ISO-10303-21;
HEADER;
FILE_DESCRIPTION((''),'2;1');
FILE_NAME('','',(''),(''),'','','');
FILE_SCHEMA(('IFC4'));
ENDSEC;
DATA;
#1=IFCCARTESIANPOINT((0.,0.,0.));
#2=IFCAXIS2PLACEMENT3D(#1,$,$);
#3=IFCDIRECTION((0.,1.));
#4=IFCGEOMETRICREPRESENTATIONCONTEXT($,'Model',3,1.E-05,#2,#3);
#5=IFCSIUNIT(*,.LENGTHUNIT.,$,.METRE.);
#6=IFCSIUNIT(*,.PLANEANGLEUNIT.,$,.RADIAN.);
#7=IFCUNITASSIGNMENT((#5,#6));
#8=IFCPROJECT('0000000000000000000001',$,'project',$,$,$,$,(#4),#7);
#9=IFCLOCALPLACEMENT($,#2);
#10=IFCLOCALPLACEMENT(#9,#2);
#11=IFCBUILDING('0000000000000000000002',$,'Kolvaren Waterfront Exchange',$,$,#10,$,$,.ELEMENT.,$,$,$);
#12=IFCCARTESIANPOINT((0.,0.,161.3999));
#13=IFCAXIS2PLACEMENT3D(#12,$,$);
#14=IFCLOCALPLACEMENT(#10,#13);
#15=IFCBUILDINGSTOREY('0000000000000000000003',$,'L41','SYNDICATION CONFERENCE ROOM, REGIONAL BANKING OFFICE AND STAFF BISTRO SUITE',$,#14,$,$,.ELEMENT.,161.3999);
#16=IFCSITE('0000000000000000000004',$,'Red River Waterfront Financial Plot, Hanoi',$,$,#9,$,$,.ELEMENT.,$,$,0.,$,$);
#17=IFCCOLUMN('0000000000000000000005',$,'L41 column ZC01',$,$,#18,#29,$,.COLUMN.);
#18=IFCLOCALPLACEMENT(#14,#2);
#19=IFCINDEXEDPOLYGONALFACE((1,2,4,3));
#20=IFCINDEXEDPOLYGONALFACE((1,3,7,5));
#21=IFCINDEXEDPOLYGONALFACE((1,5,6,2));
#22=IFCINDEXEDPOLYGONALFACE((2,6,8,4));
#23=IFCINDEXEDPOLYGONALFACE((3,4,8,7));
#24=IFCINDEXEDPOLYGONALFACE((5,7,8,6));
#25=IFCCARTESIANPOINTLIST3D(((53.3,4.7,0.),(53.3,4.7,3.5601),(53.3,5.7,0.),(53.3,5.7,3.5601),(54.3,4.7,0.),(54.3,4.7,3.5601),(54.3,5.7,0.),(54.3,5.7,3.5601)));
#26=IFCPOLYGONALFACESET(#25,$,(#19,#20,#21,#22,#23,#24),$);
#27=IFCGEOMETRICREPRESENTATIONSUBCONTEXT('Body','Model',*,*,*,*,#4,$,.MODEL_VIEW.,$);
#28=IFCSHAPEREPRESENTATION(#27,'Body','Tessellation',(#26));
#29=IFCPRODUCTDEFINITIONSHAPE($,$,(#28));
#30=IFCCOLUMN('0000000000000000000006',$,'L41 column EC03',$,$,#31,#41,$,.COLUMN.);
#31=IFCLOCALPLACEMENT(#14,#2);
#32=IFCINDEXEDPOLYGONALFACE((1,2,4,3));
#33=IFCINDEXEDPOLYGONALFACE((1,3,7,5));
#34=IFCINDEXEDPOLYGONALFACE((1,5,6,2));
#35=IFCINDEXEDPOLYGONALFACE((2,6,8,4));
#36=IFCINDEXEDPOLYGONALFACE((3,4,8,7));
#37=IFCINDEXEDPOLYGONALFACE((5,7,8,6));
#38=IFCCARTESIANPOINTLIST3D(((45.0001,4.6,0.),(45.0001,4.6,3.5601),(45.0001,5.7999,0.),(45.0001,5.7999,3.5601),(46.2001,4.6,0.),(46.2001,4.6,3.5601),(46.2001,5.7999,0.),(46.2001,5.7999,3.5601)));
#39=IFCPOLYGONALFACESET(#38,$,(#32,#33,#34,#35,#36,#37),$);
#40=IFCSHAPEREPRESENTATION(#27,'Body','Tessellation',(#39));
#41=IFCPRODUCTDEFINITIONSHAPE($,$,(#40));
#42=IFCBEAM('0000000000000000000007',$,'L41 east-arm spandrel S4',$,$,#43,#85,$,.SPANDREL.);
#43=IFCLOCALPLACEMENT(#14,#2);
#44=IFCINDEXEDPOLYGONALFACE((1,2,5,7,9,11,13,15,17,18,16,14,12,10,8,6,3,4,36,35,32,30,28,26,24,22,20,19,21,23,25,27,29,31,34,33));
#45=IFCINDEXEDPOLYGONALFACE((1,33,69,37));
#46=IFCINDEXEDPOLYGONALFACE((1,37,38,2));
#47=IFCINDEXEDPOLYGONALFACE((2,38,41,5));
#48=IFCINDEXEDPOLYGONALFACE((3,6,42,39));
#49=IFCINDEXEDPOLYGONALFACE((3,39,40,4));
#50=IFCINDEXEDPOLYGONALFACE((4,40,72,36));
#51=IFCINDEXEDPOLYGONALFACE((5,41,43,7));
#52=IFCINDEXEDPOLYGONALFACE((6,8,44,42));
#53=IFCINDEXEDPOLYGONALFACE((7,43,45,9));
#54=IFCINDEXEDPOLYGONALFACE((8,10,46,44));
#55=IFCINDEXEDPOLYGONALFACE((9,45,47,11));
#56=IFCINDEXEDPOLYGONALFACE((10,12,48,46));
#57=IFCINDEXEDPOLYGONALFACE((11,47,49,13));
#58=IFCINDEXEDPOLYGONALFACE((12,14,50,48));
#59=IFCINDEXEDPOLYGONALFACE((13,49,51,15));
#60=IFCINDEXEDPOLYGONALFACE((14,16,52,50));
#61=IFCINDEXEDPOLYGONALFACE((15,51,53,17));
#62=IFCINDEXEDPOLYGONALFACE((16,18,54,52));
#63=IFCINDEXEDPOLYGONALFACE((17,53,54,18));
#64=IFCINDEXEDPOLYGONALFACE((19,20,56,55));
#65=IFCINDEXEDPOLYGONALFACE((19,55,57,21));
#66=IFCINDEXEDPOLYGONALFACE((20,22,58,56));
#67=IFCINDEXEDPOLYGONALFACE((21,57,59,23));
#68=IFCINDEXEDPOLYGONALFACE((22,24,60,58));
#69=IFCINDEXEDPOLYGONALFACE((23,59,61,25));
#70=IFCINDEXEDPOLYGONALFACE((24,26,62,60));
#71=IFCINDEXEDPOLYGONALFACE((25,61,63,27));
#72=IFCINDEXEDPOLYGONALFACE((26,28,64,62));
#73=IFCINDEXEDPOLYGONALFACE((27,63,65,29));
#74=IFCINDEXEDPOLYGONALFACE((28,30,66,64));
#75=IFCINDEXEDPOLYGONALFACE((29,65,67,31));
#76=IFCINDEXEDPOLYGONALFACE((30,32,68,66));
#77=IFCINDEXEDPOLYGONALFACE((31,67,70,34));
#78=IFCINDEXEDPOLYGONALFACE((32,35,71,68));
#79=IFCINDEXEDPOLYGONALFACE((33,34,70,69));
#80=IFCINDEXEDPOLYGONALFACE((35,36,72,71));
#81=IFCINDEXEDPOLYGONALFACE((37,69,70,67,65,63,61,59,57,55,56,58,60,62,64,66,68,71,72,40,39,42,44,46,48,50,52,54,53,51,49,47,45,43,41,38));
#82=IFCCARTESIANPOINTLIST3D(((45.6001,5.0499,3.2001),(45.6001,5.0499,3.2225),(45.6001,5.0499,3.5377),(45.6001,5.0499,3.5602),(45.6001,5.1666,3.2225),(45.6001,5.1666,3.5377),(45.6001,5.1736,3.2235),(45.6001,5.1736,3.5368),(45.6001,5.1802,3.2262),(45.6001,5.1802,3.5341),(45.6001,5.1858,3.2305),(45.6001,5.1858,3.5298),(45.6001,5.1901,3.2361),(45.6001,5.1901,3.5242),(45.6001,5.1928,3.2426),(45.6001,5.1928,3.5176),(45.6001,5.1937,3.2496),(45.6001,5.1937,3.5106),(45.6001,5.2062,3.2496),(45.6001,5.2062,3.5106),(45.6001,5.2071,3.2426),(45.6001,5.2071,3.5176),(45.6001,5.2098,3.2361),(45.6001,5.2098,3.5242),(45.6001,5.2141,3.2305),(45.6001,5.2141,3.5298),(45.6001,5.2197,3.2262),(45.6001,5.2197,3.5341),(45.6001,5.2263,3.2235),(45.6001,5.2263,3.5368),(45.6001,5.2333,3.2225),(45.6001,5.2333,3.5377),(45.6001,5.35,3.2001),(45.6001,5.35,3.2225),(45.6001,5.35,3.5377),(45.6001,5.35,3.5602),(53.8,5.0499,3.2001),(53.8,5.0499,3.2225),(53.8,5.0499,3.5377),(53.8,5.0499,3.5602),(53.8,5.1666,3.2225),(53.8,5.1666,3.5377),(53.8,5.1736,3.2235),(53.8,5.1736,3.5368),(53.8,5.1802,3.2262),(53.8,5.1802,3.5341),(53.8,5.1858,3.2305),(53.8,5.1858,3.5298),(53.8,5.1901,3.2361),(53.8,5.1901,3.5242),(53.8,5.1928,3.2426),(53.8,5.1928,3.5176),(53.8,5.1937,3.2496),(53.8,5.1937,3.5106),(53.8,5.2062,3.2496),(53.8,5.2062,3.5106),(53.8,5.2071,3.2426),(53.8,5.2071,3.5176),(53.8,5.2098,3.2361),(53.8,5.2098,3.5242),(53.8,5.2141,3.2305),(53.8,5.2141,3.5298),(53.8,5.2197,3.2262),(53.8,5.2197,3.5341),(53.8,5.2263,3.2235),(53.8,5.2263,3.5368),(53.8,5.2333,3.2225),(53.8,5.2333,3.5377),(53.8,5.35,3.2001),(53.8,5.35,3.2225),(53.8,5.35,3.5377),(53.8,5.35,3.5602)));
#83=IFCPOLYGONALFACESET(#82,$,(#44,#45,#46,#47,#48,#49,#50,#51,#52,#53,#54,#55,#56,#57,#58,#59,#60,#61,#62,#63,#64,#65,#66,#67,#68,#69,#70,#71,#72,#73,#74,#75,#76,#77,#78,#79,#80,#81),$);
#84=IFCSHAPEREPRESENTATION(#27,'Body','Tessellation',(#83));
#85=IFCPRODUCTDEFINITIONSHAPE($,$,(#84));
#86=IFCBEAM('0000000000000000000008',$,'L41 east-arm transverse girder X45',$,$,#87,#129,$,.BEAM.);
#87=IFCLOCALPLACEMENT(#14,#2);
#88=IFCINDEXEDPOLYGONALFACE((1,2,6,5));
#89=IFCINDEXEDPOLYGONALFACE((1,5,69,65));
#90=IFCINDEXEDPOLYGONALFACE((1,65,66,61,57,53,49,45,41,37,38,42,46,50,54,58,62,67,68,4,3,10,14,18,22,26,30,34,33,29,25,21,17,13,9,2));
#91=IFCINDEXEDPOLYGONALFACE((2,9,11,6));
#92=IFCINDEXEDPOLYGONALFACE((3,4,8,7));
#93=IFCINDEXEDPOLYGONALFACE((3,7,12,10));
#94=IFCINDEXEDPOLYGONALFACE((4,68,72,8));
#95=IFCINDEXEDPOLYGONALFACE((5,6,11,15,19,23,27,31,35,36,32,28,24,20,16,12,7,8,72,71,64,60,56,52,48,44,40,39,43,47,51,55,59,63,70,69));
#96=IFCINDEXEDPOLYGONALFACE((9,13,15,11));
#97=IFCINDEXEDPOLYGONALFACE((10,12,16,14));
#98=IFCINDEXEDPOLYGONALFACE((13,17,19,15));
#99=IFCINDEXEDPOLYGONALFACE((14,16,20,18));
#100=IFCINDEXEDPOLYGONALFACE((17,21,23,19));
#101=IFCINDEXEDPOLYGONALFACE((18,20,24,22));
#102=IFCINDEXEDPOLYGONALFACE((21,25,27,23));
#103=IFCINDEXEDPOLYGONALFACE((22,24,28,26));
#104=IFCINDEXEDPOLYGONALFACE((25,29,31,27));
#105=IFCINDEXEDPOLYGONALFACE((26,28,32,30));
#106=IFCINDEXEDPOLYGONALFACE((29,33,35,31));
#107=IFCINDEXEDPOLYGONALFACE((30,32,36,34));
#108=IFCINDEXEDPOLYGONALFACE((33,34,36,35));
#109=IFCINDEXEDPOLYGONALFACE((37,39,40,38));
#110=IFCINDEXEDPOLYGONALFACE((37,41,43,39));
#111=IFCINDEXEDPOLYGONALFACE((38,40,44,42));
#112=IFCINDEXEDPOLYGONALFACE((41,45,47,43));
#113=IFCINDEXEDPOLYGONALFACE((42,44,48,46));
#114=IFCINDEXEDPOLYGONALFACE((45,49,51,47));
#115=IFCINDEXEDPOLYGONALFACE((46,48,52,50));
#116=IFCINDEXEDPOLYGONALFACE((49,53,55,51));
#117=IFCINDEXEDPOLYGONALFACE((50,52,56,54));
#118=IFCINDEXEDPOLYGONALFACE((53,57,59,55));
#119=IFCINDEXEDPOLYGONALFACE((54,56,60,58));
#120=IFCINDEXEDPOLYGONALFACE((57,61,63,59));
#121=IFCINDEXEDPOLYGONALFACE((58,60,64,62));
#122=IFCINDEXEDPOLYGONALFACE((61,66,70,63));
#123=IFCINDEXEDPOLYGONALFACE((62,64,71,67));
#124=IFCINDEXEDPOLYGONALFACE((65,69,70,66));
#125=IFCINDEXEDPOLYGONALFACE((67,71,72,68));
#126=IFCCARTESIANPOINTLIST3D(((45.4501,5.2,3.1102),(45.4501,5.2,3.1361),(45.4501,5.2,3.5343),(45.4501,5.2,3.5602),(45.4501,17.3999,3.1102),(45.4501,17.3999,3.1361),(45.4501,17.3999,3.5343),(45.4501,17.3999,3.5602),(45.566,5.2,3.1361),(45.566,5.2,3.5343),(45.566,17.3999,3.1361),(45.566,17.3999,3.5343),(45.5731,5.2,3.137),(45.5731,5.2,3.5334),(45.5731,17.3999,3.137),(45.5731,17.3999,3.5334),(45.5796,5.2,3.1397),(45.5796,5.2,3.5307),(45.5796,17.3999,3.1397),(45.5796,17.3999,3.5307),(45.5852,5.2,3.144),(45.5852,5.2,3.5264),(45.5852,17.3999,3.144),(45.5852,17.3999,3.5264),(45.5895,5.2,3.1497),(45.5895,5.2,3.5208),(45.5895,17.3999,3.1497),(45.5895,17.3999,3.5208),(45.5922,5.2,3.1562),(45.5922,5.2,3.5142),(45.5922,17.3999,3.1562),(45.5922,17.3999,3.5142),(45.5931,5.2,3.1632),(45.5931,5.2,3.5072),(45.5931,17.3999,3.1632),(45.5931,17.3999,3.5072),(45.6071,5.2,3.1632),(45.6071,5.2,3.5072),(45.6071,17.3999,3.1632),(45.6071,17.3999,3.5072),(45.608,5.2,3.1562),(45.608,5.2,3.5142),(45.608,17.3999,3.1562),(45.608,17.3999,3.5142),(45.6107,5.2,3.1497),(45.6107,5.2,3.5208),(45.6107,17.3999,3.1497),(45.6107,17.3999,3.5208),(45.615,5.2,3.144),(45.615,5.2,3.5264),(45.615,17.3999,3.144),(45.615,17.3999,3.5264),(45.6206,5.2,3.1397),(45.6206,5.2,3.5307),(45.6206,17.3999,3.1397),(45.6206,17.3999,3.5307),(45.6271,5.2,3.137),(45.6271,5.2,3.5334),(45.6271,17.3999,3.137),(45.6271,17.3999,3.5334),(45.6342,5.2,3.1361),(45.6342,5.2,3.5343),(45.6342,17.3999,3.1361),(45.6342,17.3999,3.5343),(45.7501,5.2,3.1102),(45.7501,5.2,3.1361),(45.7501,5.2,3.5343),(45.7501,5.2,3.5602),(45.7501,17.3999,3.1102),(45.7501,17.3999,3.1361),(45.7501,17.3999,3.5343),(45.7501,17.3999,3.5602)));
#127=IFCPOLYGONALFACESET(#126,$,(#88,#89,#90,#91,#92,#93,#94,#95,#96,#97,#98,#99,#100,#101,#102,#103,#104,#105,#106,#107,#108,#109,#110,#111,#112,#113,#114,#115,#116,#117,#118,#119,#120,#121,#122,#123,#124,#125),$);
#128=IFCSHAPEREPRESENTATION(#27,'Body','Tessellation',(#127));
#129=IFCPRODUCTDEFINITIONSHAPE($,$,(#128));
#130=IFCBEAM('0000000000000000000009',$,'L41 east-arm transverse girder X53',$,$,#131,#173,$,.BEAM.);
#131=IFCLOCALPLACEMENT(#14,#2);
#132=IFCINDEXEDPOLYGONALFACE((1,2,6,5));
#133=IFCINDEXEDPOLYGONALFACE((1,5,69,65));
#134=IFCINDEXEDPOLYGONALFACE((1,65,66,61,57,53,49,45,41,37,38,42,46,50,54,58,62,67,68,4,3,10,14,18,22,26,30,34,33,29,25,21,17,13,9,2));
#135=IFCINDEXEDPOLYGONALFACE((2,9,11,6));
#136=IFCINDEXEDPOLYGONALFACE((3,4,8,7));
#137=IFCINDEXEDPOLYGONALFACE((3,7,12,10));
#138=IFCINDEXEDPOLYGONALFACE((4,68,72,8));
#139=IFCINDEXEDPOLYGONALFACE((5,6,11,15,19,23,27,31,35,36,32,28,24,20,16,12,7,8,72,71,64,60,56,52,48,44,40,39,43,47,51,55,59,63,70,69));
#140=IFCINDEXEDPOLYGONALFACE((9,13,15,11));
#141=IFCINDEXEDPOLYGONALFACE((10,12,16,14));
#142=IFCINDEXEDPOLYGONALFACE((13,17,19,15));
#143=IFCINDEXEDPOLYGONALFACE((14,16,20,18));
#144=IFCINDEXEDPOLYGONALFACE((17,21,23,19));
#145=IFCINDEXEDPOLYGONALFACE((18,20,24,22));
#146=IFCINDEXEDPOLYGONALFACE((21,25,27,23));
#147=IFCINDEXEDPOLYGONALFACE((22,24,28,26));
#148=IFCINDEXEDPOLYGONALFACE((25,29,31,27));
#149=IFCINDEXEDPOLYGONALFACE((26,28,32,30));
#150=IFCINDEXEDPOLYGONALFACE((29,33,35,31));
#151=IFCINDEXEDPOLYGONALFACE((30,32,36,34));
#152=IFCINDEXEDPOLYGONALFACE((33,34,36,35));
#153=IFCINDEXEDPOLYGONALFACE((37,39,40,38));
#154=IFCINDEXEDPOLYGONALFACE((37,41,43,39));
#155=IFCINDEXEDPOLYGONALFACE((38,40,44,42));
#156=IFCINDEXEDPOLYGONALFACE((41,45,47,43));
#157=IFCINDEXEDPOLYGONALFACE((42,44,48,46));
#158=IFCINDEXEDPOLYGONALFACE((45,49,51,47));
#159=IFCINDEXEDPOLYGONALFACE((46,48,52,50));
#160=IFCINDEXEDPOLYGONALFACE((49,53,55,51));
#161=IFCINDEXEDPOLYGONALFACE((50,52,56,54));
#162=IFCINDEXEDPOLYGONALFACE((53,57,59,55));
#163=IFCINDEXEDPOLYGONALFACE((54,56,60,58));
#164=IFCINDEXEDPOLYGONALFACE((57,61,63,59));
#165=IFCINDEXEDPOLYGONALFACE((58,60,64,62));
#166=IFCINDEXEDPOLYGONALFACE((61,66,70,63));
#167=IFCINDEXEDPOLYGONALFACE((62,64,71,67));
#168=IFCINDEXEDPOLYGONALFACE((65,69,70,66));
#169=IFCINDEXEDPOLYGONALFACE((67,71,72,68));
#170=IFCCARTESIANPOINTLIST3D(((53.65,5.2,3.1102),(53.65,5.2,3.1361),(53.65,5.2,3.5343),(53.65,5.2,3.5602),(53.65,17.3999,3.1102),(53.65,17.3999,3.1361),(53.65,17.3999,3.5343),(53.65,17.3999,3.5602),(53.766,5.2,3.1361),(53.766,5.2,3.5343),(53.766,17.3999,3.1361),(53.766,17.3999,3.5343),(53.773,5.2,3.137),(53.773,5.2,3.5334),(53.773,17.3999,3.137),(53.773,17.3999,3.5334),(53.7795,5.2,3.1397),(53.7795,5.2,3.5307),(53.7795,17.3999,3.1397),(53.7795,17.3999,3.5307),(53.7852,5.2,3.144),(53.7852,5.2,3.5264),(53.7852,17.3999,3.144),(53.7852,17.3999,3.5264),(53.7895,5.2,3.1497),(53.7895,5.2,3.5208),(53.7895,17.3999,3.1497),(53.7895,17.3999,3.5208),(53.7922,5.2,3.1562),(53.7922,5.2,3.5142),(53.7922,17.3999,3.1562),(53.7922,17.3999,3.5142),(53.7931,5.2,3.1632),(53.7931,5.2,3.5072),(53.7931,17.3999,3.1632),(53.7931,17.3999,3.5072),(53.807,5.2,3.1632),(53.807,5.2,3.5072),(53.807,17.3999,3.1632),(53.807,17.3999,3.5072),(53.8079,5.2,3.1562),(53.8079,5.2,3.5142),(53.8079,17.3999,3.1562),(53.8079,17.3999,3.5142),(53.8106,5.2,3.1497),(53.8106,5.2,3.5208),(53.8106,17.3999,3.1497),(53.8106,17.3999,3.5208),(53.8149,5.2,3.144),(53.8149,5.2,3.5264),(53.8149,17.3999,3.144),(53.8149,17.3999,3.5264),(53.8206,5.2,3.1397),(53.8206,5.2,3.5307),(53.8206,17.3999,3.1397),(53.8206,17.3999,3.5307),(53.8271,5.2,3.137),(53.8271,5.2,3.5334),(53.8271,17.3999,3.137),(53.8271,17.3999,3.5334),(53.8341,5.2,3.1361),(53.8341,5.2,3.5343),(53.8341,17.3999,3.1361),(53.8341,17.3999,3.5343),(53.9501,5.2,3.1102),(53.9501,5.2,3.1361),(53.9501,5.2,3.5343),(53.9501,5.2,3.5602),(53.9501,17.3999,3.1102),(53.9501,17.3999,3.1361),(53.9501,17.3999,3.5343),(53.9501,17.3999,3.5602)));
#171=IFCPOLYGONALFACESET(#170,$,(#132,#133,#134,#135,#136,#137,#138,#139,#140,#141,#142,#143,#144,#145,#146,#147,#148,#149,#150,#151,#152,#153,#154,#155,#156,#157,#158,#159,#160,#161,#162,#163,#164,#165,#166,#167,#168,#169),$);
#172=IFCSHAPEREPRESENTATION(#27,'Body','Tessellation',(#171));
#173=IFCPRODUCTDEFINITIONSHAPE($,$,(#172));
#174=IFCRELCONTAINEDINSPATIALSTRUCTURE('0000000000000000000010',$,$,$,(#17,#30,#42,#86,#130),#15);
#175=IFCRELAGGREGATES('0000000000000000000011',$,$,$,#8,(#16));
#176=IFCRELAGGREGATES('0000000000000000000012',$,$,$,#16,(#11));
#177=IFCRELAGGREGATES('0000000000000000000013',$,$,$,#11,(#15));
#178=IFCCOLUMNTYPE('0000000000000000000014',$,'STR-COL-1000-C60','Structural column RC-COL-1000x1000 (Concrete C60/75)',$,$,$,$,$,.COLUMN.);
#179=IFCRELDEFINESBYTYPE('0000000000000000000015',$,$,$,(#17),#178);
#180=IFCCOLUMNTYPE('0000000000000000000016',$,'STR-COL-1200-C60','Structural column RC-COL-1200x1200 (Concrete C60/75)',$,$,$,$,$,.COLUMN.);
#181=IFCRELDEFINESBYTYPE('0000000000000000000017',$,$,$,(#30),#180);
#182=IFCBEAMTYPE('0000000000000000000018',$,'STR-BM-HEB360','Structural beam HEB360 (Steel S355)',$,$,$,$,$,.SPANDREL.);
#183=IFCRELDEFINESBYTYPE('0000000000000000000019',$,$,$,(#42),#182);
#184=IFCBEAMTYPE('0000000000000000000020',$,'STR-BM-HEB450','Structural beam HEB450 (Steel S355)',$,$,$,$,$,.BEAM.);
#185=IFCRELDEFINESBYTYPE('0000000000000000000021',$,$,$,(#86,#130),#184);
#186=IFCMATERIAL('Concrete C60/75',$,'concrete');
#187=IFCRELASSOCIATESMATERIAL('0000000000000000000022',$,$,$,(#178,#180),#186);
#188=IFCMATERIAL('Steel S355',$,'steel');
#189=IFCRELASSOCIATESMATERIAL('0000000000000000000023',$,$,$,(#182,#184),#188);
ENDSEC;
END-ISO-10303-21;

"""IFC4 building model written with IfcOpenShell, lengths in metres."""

from ifc_helpers import new_model, si_unit, direction, frame, origin, origin_2d, place, context, subcontext, project, spatial, rectangle, i_section, extrude, material, material_profile, profile_set, type_object, element, save


model = new_model("IFC4")

# Units and contexts
model_context = context("Model", 3, precision=1e-05, world=origin(), true_north=direction((0.0, 1.0)))
body_context = subcontext(model_context, "Body", "Model", "MODEL_VIEW")
ifc_project = project(units=[si_unit("LENGTHUNIT", "METRE"), si_unit("PLANEANGLEUNIT", "RADIAN")], contexts=[model_context])

# Site, building, storey
site_placement = place(None, origin())
site = spatial("IfcSite", under=ifc_project, at=site_placement, Name="Red River Waterfront Financial Plot, Hanoi", CompositionType="ELEMENT", RefElevation=0.0)
building_placement = place(site_placement, origin())
building = spatial("IfcBuilding", under=site, at=building_placement, Name="Kolvaren Waterfront Exchange", CompositionType="ELEMENT")
storey_placement = place(building_placement, frame((0.0, 0.0, 161.3999)))
storey = spatial("IfcBuildingStorey", under=building, at=storey_placement, Name="L41", Description="SYNDICATION CONFERENCE ROOM, REGIONAL BANKING OFFICE AND STAFF BISTRO SUITE", CompositionType="ELEMENT", Elevation=161.3999)

# Columns
ifc_material_1 = material(Name="Concrete C60/75", Category="concrete")
ifc_material_profile_1 = material_profile(ifc_material_1, rectangle(XDim=1.0, YDim=1.0, at=origin_2d()), Name="RC-COL-1000x1000")
ifc_profile_set_1 = profile_set([ifc_material_profile_1], Name="Concrete C60/75")
column_type_1 = type_object("IfcColumnType", Name="STR-COL-1000-C60", Description="Structural column RC-COL-1000x1000 (Concrete C60/75)", PredefinedType="COLUMN", material=ifc_profile_set_1)
column_1_placement = place(storey_placement, frame((53.8, 5.2, 0.0), z_axis=(0.0, 0.0, 1.0), x_axis=(1.0, 0.0, 0.0)))
element("IfcColumn", 1, at=column_1_placement, inside=storey, type_object=column_type_1, Name="L41 column ZC01", PredefinedType="COLUMN", context=body_context, shape_type="SweptSolid", body=[
    extrude(rectangle(XDim=1.0, YDim=1.0, at=origin_2d()), origin(), (0.0, 0.0, 1.0), 3.5601),
])
ifc_material_profile_2 = material_profile(ifc_material_1, rectangle(XDim=1.2, YDim=1.2, at=origin_2d()), Name="RC-COL-1200x1200")
ifc_profile_set_2 = profile_set([ifc_material_profile_2], Name="Concrete C60/75")
column_type_2 = type_object("IfcColumnType", Name="STR-COL-1200-C60", Description="Structural column RC-COL-1200x1200 (Concrete C60/75)", PredefinedType="COLUMN", material=ifc_profile_set_2)
column_2_placement = place(storey_placement, frame((45.6001, 5.2, 0.0), z_axis=(0.0, 0.0, 1.0), x_axis=(1.0, 0.0, 0.0)))
element("IfcColumn", 2, at=column_2_placement, inside=storey, type_object=column_type_2, Name="L41 column EC03", PredefinedType="COLUMN", context=body_context, shape_type="SweptSolid", body=[
    extrude(rectangle(XDim=1.2, YDim=1.2, at=origin_2d()), origin(), (0.0, 0.0, 1.0), 3.5601),
])

# Beams
ifc_material_2 = material(Name="Steel S355", Category="steel")
ifc_material_profile_3 = material_profile(ifc_material_2, i_section(OverallWidth=0.3, OverallDepth=0.3601, WebThickness=0.0125, FlangeThickness=0.0225, FilletRadius=0.0271, at=origin_2d()), Name="HEB360")
ifc_profile_set_3 = profile_set([ifc_material_profile_3], Name="Steel S355")
beam_type_1 = type_object("IfcBeamType", Name="STR-BM-HEB360", Description="Structural beam HEB360 (Steel S355)", PredefinedType="SPANDREL", material=ifc_profile_set_3)
beam_1_placement = place(storey_placement, frame((45.6001, 5.2, 3.3801), z_axis=(1.0, 0.0, 0.0), x_axis=(0.0, 1.0, 0.0)))
element("IfcBeam", 3, at=beam_1_placement, inside=storey, type_object=beam_type_1, Name="L41 east-arm spandrel S4", PredefinedType="SPANDREL", context=body_context, shape_type="SweptSolid", body=[
    extrude(i_section(OverallWidth=0.3, OverallDepth=0.3601, WebThickness=0.0125, FlangeThickness=0.0225, FilletRadius=0.0271, at=origin_2d()), origin(), (0.0, 0.0, 1.0), 8.2),
])
ifc_material_profile_4 = material_profile(ifc_material_2, i_section(OverallWidth=0.3, OverallDepth=0.45, WebThickness=0.0139, FlangeThickness=0.0259, FilletRadius=0.0271, at=origin_2d()), Name="HEB450")
ifc_profile_set_4 = profile_set([ifc_material_profile_4], Name="Steel S355")
beam_type_2 = type_object("IfcBeamType", Name="STR-BM-HEB450", Description="Structural beam HEB450 (Steel S355)", PredefinedType="BEAM", material=ifc_profile_set_4)
for number, where, z_axis, x_axis, name in (
    (4, (45.6001, 5.2, 3.3352), (0.0, 1.0, 0.0), (-1.0, 0.0, 0.0), "L41 east-arm transverse girder X45"),
    (5, (53.8, 5.2, 3.3352), (0.0, 1.0, 0.0), (-1.0, 0.0, 0.0), "L41 east-arm transverse girder X53"),
):
    element("IfcBeam", number, at=place(storey_placement, frame(where, z_axis=z_axis, x_axis=x_axis)), inside=storey, type_object=beam_type_2, Name=name, PredefinedType="BEAM", context=body_context, shape_type="SweptSolid", body=[
        extrude(i_section(OverallWidth=0.3, OverallDepth=0.45, WebThickness=0.0139, FlangeThickness=0.0259, FilletRadius=0.0271, at=origin_2d()), origin(), (0.0, 0.0, 1.0), 12.2),
    ])

save(model, "model.ifc")
